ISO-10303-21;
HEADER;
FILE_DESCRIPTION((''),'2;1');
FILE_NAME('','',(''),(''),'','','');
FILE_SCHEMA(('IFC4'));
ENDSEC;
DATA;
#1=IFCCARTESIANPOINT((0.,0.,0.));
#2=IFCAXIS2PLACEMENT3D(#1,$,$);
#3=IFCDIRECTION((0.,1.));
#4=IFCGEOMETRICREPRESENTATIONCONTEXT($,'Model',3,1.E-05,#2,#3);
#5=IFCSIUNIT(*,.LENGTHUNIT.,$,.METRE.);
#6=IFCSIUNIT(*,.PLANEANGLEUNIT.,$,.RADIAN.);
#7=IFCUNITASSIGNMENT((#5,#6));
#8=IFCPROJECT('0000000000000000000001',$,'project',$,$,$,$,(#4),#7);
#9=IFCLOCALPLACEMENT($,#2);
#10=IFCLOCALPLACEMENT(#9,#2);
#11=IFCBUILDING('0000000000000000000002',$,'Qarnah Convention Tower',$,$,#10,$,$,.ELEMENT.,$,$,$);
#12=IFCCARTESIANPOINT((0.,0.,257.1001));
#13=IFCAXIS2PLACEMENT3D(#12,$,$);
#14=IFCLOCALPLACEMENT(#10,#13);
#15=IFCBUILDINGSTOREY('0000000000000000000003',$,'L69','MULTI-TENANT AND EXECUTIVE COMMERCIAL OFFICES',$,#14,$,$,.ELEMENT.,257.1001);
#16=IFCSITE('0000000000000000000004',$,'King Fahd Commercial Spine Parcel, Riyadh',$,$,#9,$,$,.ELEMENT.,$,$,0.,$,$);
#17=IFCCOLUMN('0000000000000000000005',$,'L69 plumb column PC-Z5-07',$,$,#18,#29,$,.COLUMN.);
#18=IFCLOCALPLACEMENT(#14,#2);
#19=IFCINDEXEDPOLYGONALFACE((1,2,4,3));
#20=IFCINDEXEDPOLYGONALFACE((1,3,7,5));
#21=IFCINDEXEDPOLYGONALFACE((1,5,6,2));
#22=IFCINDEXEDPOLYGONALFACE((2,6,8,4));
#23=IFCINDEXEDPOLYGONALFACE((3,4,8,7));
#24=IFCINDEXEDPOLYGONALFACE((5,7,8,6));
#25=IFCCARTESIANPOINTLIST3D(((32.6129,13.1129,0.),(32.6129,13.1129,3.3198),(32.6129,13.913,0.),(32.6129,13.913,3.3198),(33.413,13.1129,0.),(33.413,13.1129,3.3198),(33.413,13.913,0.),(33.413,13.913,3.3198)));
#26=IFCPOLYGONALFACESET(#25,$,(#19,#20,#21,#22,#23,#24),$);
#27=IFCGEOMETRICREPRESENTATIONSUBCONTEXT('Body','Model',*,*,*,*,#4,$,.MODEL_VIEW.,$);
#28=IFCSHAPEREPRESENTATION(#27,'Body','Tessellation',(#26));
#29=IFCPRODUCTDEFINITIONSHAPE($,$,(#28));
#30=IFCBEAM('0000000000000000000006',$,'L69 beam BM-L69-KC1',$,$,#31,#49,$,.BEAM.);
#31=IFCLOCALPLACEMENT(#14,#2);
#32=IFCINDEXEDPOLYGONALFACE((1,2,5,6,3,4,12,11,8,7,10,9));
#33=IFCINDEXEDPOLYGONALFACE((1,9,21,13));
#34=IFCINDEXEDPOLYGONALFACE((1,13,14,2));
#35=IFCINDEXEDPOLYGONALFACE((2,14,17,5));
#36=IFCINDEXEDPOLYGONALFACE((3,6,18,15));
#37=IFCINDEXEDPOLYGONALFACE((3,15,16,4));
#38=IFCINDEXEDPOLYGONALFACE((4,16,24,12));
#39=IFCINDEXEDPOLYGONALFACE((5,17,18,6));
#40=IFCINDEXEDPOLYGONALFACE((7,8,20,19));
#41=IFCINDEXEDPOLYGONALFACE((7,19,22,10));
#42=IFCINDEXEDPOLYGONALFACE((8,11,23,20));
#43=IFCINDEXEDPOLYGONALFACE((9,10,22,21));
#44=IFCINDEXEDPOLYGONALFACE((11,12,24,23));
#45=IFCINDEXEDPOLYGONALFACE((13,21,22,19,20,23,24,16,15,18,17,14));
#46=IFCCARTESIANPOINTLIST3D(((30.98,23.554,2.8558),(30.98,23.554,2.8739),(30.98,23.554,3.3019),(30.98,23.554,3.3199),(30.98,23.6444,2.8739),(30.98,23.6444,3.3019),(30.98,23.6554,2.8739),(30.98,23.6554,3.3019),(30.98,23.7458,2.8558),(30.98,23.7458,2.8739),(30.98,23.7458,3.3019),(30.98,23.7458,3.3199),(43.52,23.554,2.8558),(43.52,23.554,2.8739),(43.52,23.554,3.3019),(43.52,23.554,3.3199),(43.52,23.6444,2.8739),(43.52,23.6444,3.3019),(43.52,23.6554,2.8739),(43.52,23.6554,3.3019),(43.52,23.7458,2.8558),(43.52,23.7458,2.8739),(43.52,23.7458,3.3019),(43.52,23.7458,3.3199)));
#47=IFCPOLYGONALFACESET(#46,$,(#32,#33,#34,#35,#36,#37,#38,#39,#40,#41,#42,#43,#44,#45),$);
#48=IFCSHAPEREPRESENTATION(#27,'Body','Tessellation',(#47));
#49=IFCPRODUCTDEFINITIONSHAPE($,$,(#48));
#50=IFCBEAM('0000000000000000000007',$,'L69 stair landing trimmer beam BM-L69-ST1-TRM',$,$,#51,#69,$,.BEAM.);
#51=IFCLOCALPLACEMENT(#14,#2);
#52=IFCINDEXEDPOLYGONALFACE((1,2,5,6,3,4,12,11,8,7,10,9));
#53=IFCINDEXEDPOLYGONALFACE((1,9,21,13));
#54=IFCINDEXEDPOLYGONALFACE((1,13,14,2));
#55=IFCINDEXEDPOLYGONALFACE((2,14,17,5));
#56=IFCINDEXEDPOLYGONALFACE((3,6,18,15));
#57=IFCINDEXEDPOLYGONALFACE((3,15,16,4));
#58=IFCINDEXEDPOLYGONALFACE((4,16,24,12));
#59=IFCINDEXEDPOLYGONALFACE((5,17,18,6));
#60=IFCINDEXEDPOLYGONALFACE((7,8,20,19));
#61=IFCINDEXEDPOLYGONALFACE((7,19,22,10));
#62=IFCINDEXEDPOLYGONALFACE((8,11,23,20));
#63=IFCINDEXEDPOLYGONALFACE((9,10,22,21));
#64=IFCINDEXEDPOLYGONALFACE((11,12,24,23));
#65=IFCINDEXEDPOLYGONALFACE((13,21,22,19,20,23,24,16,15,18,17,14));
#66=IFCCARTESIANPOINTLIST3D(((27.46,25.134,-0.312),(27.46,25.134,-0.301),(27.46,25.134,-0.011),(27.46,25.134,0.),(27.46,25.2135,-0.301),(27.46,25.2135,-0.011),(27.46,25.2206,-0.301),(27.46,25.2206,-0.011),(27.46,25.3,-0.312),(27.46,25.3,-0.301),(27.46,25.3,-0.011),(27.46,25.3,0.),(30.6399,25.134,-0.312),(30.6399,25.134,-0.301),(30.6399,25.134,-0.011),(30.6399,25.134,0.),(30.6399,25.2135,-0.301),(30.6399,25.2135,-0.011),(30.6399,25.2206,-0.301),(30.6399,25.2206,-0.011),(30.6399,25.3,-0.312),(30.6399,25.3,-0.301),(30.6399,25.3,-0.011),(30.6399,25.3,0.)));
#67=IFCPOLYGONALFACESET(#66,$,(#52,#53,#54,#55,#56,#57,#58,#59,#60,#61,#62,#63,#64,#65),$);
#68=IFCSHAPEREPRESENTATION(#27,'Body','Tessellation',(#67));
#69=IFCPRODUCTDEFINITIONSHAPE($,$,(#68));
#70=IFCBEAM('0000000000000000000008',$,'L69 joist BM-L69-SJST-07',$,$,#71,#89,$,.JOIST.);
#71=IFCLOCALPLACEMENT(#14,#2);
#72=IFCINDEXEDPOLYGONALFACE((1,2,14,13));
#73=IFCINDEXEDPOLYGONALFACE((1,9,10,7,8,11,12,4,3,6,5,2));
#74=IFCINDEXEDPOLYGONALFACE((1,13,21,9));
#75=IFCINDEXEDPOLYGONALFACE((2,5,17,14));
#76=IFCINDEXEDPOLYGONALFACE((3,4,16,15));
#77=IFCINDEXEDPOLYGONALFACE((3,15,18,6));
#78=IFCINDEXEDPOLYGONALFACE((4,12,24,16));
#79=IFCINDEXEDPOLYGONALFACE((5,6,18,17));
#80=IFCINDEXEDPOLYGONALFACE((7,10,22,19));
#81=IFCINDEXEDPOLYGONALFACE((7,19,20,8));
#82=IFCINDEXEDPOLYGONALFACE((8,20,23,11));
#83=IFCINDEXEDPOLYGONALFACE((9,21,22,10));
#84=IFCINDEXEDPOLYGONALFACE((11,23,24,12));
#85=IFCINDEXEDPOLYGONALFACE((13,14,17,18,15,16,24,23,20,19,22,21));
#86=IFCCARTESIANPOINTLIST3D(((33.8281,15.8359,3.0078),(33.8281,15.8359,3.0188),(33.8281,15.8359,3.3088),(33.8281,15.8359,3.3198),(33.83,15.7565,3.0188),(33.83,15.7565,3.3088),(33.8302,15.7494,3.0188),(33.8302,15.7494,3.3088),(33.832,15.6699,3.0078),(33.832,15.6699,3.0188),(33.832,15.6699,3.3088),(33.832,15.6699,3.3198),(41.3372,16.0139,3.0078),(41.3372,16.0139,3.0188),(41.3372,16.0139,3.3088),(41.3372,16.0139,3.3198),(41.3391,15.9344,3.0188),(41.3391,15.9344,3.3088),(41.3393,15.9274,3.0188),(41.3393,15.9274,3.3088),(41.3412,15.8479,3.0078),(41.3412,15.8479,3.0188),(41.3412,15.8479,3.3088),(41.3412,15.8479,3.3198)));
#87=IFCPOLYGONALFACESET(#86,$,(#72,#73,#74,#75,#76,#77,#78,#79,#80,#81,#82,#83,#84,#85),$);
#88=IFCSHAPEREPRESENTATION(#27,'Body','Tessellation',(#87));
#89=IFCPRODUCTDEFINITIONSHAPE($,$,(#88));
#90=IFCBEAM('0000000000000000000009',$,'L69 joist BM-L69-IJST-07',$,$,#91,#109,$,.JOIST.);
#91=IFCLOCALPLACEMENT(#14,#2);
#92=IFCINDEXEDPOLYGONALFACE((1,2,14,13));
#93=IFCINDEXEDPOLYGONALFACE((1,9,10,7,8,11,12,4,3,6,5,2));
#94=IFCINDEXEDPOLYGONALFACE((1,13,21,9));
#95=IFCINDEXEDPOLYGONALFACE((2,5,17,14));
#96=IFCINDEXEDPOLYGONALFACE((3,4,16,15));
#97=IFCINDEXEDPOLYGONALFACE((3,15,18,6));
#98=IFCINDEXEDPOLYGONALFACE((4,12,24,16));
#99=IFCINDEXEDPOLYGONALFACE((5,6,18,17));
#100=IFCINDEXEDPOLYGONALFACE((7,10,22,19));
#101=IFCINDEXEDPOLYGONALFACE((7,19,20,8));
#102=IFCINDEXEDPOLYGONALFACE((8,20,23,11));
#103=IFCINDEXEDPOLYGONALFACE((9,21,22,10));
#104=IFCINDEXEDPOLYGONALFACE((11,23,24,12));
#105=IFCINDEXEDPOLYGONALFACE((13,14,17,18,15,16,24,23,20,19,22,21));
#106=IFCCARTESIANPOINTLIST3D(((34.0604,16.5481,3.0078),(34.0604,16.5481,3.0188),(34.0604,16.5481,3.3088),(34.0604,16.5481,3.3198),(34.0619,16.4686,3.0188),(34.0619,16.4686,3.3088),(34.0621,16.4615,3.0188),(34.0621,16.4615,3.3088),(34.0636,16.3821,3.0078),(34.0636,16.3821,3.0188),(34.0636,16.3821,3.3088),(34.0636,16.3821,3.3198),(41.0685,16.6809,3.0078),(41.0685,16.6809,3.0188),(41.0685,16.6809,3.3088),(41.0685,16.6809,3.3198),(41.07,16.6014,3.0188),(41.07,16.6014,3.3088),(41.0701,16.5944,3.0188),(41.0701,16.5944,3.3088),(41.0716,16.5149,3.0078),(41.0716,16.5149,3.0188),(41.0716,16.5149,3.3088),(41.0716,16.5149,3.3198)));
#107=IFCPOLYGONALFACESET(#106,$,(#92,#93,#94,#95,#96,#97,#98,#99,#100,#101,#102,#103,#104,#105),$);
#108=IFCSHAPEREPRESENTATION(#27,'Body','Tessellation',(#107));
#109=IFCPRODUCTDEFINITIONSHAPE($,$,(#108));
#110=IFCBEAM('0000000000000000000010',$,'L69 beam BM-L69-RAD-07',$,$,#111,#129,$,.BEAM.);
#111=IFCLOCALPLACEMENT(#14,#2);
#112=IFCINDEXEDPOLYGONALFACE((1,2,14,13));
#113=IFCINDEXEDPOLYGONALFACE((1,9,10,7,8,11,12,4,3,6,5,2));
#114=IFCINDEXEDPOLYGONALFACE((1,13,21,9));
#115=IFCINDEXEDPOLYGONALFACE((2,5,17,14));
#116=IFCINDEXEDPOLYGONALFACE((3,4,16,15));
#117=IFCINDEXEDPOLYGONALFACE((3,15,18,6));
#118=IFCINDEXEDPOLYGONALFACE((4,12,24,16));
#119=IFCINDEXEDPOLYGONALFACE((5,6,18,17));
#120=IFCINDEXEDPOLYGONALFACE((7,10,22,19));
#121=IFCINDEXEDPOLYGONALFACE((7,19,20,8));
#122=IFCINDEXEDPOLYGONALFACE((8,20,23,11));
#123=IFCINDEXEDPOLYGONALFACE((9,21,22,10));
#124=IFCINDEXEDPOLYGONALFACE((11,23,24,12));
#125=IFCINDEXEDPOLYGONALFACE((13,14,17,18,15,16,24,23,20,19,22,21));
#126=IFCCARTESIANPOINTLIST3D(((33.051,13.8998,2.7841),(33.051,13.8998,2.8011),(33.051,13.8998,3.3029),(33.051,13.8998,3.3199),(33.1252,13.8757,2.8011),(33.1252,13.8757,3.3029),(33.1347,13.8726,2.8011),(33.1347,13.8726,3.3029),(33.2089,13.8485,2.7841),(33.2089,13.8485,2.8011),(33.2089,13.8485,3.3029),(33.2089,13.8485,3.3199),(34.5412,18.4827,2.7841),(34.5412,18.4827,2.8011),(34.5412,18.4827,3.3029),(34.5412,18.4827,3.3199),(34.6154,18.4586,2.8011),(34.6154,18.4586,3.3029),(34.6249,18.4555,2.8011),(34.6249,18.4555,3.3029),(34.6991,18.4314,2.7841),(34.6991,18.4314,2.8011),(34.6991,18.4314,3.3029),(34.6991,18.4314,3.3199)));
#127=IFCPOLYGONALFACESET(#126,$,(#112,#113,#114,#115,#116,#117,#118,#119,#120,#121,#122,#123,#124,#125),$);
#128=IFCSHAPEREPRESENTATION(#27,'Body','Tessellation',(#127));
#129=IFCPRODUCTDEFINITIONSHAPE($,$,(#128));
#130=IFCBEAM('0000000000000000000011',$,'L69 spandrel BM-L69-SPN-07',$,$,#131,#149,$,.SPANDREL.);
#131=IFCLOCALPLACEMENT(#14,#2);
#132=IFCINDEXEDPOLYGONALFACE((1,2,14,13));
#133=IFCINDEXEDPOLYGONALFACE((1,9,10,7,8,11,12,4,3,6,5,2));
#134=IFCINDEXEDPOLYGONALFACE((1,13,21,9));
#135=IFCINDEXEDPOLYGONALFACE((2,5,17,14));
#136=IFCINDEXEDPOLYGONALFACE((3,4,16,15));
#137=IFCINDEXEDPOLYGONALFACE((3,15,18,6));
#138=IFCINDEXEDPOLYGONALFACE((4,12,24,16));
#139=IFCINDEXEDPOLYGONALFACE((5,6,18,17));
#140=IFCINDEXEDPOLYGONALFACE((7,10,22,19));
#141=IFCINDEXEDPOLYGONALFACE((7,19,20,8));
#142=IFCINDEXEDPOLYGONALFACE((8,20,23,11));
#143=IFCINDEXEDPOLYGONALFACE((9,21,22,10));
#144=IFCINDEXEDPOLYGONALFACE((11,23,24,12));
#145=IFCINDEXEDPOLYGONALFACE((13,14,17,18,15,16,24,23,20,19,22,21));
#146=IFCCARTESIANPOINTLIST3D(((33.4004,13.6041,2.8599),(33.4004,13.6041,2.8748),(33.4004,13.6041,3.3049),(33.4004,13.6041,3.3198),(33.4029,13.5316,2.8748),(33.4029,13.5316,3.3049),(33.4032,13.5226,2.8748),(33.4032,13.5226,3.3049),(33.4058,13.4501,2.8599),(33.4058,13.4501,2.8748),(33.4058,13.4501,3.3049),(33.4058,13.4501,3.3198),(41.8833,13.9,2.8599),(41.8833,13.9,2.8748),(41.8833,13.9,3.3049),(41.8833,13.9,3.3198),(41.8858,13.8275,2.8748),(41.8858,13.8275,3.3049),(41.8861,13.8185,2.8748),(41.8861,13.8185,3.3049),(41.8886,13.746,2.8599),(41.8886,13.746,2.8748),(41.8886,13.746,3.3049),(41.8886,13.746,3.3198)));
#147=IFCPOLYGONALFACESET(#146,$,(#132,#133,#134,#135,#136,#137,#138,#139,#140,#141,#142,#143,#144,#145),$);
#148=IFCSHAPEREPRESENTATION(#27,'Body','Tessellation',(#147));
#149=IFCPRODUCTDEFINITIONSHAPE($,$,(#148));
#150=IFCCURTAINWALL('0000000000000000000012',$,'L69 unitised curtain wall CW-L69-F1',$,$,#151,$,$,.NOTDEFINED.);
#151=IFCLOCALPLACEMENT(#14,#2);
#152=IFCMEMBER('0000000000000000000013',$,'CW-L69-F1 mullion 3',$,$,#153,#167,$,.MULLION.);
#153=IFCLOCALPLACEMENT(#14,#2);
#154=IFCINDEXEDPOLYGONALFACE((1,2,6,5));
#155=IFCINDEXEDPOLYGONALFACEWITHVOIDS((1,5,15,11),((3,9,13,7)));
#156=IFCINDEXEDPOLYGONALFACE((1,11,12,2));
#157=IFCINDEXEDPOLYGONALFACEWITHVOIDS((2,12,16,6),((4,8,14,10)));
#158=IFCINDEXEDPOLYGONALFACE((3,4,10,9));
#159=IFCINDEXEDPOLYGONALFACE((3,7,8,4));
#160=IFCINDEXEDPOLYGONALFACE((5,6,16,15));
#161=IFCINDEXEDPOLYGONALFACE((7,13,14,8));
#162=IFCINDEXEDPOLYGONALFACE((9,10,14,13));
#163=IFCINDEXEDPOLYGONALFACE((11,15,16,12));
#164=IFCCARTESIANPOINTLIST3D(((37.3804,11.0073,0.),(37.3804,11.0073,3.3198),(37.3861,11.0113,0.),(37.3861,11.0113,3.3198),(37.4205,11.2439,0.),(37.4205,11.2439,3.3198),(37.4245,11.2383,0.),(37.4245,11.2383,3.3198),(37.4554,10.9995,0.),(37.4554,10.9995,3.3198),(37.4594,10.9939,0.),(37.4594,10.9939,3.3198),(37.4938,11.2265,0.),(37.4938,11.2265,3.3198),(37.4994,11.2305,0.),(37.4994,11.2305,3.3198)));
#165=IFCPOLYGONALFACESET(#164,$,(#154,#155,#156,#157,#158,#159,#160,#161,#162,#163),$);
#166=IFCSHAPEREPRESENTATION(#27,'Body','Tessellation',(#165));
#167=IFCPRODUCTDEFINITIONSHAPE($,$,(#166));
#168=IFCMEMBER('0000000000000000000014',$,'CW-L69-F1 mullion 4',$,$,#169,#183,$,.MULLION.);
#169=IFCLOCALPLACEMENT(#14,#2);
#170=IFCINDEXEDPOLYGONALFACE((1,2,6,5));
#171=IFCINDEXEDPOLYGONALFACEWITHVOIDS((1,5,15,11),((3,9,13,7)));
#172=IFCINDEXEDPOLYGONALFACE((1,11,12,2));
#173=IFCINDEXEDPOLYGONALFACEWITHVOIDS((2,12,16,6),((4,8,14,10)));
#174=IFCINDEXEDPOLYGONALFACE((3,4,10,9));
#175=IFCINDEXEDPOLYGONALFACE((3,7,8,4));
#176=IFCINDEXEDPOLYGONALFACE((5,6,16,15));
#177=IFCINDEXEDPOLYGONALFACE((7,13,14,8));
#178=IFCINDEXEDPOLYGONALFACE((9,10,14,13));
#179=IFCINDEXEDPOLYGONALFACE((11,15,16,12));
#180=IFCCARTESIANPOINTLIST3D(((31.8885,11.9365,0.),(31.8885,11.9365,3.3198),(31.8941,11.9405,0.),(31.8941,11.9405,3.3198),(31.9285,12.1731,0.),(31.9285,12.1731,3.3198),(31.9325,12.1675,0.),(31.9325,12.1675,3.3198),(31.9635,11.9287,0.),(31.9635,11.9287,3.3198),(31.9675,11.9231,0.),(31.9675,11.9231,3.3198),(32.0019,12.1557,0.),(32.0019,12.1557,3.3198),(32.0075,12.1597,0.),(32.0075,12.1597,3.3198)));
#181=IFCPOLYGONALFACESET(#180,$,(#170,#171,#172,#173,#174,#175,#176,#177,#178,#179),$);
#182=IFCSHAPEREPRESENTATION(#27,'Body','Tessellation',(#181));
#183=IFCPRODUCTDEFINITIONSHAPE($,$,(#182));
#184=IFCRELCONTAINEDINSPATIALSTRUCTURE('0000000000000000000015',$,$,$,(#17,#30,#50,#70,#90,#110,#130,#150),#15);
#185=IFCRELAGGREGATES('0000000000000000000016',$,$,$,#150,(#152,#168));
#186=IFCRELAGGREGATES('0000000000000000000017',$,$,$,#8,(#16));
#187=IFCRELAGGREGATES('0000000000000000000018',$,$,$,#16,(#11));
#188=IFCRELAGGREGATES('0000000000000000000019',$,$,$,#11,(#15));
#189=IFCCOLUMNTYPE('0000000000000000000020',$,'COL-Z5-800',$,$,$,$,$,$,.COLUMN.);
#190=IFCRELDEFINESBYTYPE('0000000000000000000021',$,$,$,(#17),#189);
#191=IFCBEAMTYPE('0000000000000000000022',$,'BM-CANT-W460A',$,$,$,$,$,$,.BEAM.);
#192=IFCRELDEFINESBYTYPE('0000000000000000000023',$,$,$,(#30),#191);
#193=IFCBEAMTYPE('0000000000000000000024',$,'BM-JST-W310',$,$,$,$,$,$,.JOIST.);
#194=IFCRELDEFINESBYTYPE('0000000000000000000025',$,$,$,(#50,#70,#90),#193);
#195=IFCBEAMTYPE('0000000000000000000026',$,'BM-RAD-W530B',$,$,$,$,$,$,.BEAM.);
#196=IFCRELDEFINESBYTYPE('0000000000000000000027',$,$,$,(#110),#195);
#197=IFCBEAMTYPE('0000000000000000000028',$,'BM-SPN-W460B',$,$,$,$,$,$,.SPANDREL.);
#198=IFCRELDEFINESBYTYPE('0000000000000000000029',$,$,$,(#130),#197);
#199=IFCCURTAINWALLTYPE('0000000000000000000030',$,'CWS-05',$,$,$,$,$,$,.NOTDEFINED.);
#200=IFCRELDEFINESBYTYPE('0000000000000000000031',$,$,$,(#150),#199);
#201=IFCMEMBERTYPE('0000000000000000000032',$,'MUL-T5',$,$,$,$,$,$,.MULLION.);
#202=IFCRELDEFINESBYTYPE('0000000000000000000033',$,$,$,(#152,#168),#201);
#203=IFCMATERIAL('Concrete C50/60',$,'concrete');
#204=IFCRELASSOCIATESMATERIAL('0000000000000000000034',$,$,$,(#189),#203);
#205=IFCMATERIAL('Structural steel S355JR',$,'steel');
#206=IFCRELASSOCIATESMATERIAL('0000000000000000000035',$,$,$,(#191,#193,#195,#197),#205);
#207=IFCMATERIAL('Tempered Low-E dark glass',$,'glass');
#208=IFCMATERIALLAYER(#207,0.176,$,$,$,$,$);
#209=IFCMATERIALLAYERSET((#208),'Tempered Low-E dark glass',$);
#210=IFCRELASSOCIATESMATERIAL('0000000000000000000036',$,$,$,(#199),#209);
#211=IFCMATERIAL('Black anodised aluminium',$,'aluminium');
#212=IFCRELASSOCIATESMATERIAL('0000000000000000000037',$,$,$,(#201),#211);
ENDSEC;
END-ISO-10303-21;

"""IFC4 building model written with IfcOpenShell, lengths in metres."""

from ifc_helpers import new_model, si_unit, direction, frame, origin, origin_2d, place, context, subcontext, project, spatial, rectangle, hollow_rectangle, i_section, extrude, material, layer, layer_set, material_profile, profile_set, type_object, element, aggregate, save


model = new_model("IFC4")

# Units and contexts
model_context = context("Model", 3, precision=1e-05, world=origin(), true_north=direction((0.0, 1.0)))
body_context = subcontext(model_context, "Body", "Model", "MODEL_VIEW")
ifc_project = project(units=[si_unit("LENGTHUNIT", "METRE"), si_unit("PLANEANGLEUNIT", "RADIAN")], contexts=[model_context])

# Site, building, storey
site_placement = place(None, origin())
site = spatial("IfcSite", under=ifc_project, at=site_placement, Name="King Fahd Commercial Spine Parcel, Riyadh", CompositionType="ELEMENT", RefElevation=0.0)
building_placement = place(site_placement, origin())
building = spatial("IfcBuilding", under=site, at=building_placement, Name="Qarnah Convention Tower", CompositionType="ELEMENT")
storey_placement = place(building_placement, frame((0.0, 0.0, 257.1001)))
storey = spatial("IfcBuildingStorey", under=building, at=storey_placement, Name="L69", Description="MULTI-TENANT AND EXECUTIVE COMMERCIAL OFFICES", CompositionType="ELEMENT", Elevation=257.1001)

# Column
ifc_material_1 = material(Name="Concrete C50/60", Category="concrete")
ifc_material_profile_1 = material_profile(ifc_material_1, rectangle(XDim=0.8, YDim=0.8, at=origin_2d()), Name="RC-COL-800X800")
ifc_profile_set_1 = profile_set([ifc_material_profile_1], Name="Concrete C50/60")
column_type = type_object("IfcColumnType", Name="COL-Z5-800", PredefinedType="COLUMN", material=ifc_profile_set_1)
column_placement = place(storey_placement, frame((33.0129, 13.5129, 0.0), z_axis=(0.0, 0.0, 1.0), x_axis=(1.0, 0.0, 0.0)))
element("IfcColumn", 1, at=column_placement, inside=storey, type_object=column_type, Name="L69 plumb column PC-Z5-07", PredefinedType="COLUMN", context=body_context, shape_type="SweptSolid", body=[
    extrude(rectangle(XDim=0.8, YDim=0.8, at=origin_2d()), origin(), (0.0, 0.0, 1.0), 3.3198),
])

# Beams
ifc_material_2 = material(Name="Structural steel S355JR", Category="steel")
ifc_material_profile_2 = material_profile(ifc_material_2, i_section(OverallWidth=0.1919, OverallDepth=0.4641, WebThickness=0.011, FlangeThickness=0.0181, at=origin_2d()), Name="W460X89")
ifc_profile_set_2 = profile_set([ifc_material_profile_2], Name="Structural steel S355JR")
beam_type_1 = type_object("IfcBeamType", Name="BM-CANT-W460A", PredefinedType="BEAM", material=ifc_profile_set_2)
beam_1_placement = place(storey_placement, frame((30.98, 23.6499, 3.0879), z_axis=(1.0, 0.0, 0.0), x_axis=(0.0, 1.0, 0.0)))
element("IfcBeam", 2, at=beam_1_placement, inside=storey, type_object=beam_type_1, Name="L69 beam BM-L69-KC1", PredefinedType="BEAM", context=body_context, shape_type="SweptSolid", body=[
    extrude(i_section(OverallWidth=0.1919, OverallDepth=0.4641, WebThickness=0.011, FlangeThickness=0.0181, at=origin_2d()), origin(), (0.0, 0.0, 1.0), 12.54),
])
ifc_material_profile_3 = material_profile(ifc_material_2, i_section(OverallWidth=0.166, OverallDepth=0.312, WebThickness=0.0071, FlangeThickness=0.011, at=origin_2d()), Name="W310X45")
ifc_profile_set_3 = profile_set([ifc_material_profile_3], Name="Structural steel S355JR")
beam_type_2 = type_object("IfcBeamType", Name="BM-JST-W310", PredefinedType="JOIST", material=ifc_profile_set_3)
beam_2_placement = place(storey_placement, frame((27.46, 25.217, -0.156), z_axis=(1.0, 0.0, 0.0), x_axis=(0.0, 1.0, 0.0)))
element("IfcBeam", 3, at=beam_2_placement, inside=storey, type_object=beam_type_2, Name="L69 stair landing trimmer beam BM-L69-ST1-TRM", PredefinedType="BEAM", context=body_context, shape_type="SweptSolid", body=[
    extrude(i_section(OverallWidth=0.166, OverallDepth=0.312, WebThickness=0.0071, FlangeThickness=0.011, at=origin_2d()), origin(), (0.0, 0.0, 1.0), 3.1799),
])
beam_3_placement = place(storey_placement, frame((33.8301, 15.7529, 3.1638), z_axis=(0.999719, 0.023695, 0.0), x_axis=(-0.023695, 0.999719, 0.0)))
element("IfcBeam", 4, at=beam_3_placement, inside=storey, type_object=beam_type_2, Name="L69 joist BM-L69-SJST-07", PredefinedType="JOIST", context=body_context, shape_type="SweptSolid", body=[
    extrude(i_section(OverallWidth=0.166, OverallDepth=0.312, WebThickness=0.0071, FlangeThickness=0.011, at=origin_2d()), origin(), (0.0, 0.0, 1.0), 7.5112),
])
beam_4_placement = place(storey_placement, frame((34.062, 16.4651, 3.1638), z_axis=(0.99982, 0.018948, 0.0), x_axis=(-0.018948, 0.99982, 0.0)))
element("IfcBeam", 5, at=beam_4_placement, inside=storey, type_object=beam_type_2, Name="L69 joist BM-L69-IJST-07", PredefinedType="JOIST", context=body_context, shape_type="SweptSolid", body=[
    extrude(i_section(OverallWidth=0.166, OverallDepth=0.312, WebThickness=0.0071, FlangeThickness=0.011, at=origin_2d()), origin(), (0.0, 0.0, 1.0), 7.0093),
])
ifc_material_profile_4 = material_profile(ifc_material_2, i_section(OverallWidth=0.166, OverallDepth=0.5359, WebThickness=0.01, FlangeThickness=0.0171, at=origin_2d()), Name="W530X85")
ifc_profile_set_4 = profile_set([ifc_material_profile_4], Name="Structural steel S355JR")
beam_type_3 = type_object("IfcBeamType", Name="BM-RAD-W530B", PredefinedType="BEAM", material=ifc_profile_set_4)
beam_5_placement = place(storey_placement, frame((34.6201, 18.457, 3.052), z_axis=(-0.309228, -0.950988, 0.0), x_axis=(0.950988, -0.309228, 0.0)))
element("IfcBeam", 6, at=beam_5_placement, inside=storey, type_object=beam_type_3, Name="L69 beam BM-L69-RAD-07", PredefinedType="BEAM", context=body_context, shape_type="SweptSolid", body=[
    extrude(i_section(OverallWidth=0.166, OverallDepth=0.5359, WebThickness=0.01, FlangeThickness=0.0171, at=origin_2d()), origin(), (0.0, 0.0, 1.0), 4.8191),
])
ifc_material_profile_5 = material_profile(ifc_material_2, i_section(OverallWidth=0.1541, OverallDepth=0.46, WebThickness=0.009, FlangeThickness=0.0149, at=origin_2d()), Name="W460X68")
ifc_profile_set_5 = profile_set([ifc_material_profile_5], Name="Structural steel S355JR")
beam_type_4 = type_object("IfcBeamType", Name="BM-SPN-W460B", PredefinedType="SPANDREL", material=ifc_profile_set_5)
beam_6_placement = place(storey_placement, frame((33.4031, 13.5271, 3.0898), z_axis=(0.999392, 0.034861, 0.0), x_axis=(-0.034861, 0.999392, 0.0)))
element("IfcBeam", 7, at=beam_6_placement, inside=storey, type_object=beam_type_4, Name="L69 spandrel BM-L69-SPN-07", PredefinedType="SPANDREL", context=body_context, shape_type="SweptSolid", body=[
    extrude(i_section(OverallWidth=0.1541, OverallDepth=0.46, WebThickness=0.009, FlangeThickness=0.0149, at=origin_2d()), origin(), (0.0, 0.0, 1.0), 8.488),
])

# Curtain wall, members
ifc_material_3 = material(Name="Tempered Low-E dark glass", Category="glass")
ifc_layer_1 = layer(ifc_material_3, 0.176)
ifc_layer_set_1 = layer_set([ifc_layer_1], Name="Tempered Low-E dark glass")
curtain_wall_type = type_object("IfcCurtainWallType", Name="CWS-05", PredefinedType="NOTDEFINED", material=ifc_layer_set_1)
curtain_wall_placement = place(storey_placement, origin())
curtain_wall = element("IfcCurtainWall", 8, at=curtain_wall_placement, inside=storey, type_object=curtain_wall_type, Name="L69 unitised curtain wall CW-L69-F1", PredefinedType="NOTDEFINED")
ifc_material_4 = material(Name="Black anodised aluminium", Category="aluminium")
ifc_material_profile_6 = material_profile(ifc_material_4, hollow_rectangle(XDim=0.0801, YDim=0.24, WallThickness=0.0049, at=origin_2d()), Name="MUL-80X240")
ifc_profile_set_6 = profile_set([ifc_material_profile_6], Name="Black anodised aluminium")
member_type = type_object("IfcMemberType", Name="MUL-T5", PredefinedType="MULLION", material=ifc_profile_set_6)
member_1_placement = place(storey_placement, frame((37.4399, 11.1189, 0.0), z_axis=(0.0, 0.0, 1.0), x_axis=(-0.985993, 0.166786, 0.0)))
member_1 = element("IfcMember", 9, at=member_1_placement, type_object=member_type, Name="CW-L69-F1 mullion 3", PredefinedType="MULLION", context=body_context, shape_type="SweptSolid", body=[
    extrude(hollow_rectangle(XDim=0.0801, YDim=0.24, WallThickness=0.0049, at=origin_2d()), origin(), (0.0, 0.0, 1.0), 3.3198),
])
member_2_placement = place(storey_placement, frame((31.948, 12.0481, 0.0), z_axis=(0.0, 0.0, 1.0), x_axis=(-0.985993, 0.166786, 0.0)))
member_2 = element("IfcMember", 10, at=member_2_placement, type_object=member_type, Name="CW-L69-F1 mullion 4", PredefinedType="MULLION", context=body_context, shape_type="SweptSolid", body=[
    extrude(hollow_rectangle(XDim=0.0801, YDim=0.24, WallThickness=0.0049, at=origin_2d()), origin(), (0.0, 0.0, 1.0), 3.3198),
])
aggregate(curtain_wall, [member_1, member_2])

save(model, "model.ifc")
